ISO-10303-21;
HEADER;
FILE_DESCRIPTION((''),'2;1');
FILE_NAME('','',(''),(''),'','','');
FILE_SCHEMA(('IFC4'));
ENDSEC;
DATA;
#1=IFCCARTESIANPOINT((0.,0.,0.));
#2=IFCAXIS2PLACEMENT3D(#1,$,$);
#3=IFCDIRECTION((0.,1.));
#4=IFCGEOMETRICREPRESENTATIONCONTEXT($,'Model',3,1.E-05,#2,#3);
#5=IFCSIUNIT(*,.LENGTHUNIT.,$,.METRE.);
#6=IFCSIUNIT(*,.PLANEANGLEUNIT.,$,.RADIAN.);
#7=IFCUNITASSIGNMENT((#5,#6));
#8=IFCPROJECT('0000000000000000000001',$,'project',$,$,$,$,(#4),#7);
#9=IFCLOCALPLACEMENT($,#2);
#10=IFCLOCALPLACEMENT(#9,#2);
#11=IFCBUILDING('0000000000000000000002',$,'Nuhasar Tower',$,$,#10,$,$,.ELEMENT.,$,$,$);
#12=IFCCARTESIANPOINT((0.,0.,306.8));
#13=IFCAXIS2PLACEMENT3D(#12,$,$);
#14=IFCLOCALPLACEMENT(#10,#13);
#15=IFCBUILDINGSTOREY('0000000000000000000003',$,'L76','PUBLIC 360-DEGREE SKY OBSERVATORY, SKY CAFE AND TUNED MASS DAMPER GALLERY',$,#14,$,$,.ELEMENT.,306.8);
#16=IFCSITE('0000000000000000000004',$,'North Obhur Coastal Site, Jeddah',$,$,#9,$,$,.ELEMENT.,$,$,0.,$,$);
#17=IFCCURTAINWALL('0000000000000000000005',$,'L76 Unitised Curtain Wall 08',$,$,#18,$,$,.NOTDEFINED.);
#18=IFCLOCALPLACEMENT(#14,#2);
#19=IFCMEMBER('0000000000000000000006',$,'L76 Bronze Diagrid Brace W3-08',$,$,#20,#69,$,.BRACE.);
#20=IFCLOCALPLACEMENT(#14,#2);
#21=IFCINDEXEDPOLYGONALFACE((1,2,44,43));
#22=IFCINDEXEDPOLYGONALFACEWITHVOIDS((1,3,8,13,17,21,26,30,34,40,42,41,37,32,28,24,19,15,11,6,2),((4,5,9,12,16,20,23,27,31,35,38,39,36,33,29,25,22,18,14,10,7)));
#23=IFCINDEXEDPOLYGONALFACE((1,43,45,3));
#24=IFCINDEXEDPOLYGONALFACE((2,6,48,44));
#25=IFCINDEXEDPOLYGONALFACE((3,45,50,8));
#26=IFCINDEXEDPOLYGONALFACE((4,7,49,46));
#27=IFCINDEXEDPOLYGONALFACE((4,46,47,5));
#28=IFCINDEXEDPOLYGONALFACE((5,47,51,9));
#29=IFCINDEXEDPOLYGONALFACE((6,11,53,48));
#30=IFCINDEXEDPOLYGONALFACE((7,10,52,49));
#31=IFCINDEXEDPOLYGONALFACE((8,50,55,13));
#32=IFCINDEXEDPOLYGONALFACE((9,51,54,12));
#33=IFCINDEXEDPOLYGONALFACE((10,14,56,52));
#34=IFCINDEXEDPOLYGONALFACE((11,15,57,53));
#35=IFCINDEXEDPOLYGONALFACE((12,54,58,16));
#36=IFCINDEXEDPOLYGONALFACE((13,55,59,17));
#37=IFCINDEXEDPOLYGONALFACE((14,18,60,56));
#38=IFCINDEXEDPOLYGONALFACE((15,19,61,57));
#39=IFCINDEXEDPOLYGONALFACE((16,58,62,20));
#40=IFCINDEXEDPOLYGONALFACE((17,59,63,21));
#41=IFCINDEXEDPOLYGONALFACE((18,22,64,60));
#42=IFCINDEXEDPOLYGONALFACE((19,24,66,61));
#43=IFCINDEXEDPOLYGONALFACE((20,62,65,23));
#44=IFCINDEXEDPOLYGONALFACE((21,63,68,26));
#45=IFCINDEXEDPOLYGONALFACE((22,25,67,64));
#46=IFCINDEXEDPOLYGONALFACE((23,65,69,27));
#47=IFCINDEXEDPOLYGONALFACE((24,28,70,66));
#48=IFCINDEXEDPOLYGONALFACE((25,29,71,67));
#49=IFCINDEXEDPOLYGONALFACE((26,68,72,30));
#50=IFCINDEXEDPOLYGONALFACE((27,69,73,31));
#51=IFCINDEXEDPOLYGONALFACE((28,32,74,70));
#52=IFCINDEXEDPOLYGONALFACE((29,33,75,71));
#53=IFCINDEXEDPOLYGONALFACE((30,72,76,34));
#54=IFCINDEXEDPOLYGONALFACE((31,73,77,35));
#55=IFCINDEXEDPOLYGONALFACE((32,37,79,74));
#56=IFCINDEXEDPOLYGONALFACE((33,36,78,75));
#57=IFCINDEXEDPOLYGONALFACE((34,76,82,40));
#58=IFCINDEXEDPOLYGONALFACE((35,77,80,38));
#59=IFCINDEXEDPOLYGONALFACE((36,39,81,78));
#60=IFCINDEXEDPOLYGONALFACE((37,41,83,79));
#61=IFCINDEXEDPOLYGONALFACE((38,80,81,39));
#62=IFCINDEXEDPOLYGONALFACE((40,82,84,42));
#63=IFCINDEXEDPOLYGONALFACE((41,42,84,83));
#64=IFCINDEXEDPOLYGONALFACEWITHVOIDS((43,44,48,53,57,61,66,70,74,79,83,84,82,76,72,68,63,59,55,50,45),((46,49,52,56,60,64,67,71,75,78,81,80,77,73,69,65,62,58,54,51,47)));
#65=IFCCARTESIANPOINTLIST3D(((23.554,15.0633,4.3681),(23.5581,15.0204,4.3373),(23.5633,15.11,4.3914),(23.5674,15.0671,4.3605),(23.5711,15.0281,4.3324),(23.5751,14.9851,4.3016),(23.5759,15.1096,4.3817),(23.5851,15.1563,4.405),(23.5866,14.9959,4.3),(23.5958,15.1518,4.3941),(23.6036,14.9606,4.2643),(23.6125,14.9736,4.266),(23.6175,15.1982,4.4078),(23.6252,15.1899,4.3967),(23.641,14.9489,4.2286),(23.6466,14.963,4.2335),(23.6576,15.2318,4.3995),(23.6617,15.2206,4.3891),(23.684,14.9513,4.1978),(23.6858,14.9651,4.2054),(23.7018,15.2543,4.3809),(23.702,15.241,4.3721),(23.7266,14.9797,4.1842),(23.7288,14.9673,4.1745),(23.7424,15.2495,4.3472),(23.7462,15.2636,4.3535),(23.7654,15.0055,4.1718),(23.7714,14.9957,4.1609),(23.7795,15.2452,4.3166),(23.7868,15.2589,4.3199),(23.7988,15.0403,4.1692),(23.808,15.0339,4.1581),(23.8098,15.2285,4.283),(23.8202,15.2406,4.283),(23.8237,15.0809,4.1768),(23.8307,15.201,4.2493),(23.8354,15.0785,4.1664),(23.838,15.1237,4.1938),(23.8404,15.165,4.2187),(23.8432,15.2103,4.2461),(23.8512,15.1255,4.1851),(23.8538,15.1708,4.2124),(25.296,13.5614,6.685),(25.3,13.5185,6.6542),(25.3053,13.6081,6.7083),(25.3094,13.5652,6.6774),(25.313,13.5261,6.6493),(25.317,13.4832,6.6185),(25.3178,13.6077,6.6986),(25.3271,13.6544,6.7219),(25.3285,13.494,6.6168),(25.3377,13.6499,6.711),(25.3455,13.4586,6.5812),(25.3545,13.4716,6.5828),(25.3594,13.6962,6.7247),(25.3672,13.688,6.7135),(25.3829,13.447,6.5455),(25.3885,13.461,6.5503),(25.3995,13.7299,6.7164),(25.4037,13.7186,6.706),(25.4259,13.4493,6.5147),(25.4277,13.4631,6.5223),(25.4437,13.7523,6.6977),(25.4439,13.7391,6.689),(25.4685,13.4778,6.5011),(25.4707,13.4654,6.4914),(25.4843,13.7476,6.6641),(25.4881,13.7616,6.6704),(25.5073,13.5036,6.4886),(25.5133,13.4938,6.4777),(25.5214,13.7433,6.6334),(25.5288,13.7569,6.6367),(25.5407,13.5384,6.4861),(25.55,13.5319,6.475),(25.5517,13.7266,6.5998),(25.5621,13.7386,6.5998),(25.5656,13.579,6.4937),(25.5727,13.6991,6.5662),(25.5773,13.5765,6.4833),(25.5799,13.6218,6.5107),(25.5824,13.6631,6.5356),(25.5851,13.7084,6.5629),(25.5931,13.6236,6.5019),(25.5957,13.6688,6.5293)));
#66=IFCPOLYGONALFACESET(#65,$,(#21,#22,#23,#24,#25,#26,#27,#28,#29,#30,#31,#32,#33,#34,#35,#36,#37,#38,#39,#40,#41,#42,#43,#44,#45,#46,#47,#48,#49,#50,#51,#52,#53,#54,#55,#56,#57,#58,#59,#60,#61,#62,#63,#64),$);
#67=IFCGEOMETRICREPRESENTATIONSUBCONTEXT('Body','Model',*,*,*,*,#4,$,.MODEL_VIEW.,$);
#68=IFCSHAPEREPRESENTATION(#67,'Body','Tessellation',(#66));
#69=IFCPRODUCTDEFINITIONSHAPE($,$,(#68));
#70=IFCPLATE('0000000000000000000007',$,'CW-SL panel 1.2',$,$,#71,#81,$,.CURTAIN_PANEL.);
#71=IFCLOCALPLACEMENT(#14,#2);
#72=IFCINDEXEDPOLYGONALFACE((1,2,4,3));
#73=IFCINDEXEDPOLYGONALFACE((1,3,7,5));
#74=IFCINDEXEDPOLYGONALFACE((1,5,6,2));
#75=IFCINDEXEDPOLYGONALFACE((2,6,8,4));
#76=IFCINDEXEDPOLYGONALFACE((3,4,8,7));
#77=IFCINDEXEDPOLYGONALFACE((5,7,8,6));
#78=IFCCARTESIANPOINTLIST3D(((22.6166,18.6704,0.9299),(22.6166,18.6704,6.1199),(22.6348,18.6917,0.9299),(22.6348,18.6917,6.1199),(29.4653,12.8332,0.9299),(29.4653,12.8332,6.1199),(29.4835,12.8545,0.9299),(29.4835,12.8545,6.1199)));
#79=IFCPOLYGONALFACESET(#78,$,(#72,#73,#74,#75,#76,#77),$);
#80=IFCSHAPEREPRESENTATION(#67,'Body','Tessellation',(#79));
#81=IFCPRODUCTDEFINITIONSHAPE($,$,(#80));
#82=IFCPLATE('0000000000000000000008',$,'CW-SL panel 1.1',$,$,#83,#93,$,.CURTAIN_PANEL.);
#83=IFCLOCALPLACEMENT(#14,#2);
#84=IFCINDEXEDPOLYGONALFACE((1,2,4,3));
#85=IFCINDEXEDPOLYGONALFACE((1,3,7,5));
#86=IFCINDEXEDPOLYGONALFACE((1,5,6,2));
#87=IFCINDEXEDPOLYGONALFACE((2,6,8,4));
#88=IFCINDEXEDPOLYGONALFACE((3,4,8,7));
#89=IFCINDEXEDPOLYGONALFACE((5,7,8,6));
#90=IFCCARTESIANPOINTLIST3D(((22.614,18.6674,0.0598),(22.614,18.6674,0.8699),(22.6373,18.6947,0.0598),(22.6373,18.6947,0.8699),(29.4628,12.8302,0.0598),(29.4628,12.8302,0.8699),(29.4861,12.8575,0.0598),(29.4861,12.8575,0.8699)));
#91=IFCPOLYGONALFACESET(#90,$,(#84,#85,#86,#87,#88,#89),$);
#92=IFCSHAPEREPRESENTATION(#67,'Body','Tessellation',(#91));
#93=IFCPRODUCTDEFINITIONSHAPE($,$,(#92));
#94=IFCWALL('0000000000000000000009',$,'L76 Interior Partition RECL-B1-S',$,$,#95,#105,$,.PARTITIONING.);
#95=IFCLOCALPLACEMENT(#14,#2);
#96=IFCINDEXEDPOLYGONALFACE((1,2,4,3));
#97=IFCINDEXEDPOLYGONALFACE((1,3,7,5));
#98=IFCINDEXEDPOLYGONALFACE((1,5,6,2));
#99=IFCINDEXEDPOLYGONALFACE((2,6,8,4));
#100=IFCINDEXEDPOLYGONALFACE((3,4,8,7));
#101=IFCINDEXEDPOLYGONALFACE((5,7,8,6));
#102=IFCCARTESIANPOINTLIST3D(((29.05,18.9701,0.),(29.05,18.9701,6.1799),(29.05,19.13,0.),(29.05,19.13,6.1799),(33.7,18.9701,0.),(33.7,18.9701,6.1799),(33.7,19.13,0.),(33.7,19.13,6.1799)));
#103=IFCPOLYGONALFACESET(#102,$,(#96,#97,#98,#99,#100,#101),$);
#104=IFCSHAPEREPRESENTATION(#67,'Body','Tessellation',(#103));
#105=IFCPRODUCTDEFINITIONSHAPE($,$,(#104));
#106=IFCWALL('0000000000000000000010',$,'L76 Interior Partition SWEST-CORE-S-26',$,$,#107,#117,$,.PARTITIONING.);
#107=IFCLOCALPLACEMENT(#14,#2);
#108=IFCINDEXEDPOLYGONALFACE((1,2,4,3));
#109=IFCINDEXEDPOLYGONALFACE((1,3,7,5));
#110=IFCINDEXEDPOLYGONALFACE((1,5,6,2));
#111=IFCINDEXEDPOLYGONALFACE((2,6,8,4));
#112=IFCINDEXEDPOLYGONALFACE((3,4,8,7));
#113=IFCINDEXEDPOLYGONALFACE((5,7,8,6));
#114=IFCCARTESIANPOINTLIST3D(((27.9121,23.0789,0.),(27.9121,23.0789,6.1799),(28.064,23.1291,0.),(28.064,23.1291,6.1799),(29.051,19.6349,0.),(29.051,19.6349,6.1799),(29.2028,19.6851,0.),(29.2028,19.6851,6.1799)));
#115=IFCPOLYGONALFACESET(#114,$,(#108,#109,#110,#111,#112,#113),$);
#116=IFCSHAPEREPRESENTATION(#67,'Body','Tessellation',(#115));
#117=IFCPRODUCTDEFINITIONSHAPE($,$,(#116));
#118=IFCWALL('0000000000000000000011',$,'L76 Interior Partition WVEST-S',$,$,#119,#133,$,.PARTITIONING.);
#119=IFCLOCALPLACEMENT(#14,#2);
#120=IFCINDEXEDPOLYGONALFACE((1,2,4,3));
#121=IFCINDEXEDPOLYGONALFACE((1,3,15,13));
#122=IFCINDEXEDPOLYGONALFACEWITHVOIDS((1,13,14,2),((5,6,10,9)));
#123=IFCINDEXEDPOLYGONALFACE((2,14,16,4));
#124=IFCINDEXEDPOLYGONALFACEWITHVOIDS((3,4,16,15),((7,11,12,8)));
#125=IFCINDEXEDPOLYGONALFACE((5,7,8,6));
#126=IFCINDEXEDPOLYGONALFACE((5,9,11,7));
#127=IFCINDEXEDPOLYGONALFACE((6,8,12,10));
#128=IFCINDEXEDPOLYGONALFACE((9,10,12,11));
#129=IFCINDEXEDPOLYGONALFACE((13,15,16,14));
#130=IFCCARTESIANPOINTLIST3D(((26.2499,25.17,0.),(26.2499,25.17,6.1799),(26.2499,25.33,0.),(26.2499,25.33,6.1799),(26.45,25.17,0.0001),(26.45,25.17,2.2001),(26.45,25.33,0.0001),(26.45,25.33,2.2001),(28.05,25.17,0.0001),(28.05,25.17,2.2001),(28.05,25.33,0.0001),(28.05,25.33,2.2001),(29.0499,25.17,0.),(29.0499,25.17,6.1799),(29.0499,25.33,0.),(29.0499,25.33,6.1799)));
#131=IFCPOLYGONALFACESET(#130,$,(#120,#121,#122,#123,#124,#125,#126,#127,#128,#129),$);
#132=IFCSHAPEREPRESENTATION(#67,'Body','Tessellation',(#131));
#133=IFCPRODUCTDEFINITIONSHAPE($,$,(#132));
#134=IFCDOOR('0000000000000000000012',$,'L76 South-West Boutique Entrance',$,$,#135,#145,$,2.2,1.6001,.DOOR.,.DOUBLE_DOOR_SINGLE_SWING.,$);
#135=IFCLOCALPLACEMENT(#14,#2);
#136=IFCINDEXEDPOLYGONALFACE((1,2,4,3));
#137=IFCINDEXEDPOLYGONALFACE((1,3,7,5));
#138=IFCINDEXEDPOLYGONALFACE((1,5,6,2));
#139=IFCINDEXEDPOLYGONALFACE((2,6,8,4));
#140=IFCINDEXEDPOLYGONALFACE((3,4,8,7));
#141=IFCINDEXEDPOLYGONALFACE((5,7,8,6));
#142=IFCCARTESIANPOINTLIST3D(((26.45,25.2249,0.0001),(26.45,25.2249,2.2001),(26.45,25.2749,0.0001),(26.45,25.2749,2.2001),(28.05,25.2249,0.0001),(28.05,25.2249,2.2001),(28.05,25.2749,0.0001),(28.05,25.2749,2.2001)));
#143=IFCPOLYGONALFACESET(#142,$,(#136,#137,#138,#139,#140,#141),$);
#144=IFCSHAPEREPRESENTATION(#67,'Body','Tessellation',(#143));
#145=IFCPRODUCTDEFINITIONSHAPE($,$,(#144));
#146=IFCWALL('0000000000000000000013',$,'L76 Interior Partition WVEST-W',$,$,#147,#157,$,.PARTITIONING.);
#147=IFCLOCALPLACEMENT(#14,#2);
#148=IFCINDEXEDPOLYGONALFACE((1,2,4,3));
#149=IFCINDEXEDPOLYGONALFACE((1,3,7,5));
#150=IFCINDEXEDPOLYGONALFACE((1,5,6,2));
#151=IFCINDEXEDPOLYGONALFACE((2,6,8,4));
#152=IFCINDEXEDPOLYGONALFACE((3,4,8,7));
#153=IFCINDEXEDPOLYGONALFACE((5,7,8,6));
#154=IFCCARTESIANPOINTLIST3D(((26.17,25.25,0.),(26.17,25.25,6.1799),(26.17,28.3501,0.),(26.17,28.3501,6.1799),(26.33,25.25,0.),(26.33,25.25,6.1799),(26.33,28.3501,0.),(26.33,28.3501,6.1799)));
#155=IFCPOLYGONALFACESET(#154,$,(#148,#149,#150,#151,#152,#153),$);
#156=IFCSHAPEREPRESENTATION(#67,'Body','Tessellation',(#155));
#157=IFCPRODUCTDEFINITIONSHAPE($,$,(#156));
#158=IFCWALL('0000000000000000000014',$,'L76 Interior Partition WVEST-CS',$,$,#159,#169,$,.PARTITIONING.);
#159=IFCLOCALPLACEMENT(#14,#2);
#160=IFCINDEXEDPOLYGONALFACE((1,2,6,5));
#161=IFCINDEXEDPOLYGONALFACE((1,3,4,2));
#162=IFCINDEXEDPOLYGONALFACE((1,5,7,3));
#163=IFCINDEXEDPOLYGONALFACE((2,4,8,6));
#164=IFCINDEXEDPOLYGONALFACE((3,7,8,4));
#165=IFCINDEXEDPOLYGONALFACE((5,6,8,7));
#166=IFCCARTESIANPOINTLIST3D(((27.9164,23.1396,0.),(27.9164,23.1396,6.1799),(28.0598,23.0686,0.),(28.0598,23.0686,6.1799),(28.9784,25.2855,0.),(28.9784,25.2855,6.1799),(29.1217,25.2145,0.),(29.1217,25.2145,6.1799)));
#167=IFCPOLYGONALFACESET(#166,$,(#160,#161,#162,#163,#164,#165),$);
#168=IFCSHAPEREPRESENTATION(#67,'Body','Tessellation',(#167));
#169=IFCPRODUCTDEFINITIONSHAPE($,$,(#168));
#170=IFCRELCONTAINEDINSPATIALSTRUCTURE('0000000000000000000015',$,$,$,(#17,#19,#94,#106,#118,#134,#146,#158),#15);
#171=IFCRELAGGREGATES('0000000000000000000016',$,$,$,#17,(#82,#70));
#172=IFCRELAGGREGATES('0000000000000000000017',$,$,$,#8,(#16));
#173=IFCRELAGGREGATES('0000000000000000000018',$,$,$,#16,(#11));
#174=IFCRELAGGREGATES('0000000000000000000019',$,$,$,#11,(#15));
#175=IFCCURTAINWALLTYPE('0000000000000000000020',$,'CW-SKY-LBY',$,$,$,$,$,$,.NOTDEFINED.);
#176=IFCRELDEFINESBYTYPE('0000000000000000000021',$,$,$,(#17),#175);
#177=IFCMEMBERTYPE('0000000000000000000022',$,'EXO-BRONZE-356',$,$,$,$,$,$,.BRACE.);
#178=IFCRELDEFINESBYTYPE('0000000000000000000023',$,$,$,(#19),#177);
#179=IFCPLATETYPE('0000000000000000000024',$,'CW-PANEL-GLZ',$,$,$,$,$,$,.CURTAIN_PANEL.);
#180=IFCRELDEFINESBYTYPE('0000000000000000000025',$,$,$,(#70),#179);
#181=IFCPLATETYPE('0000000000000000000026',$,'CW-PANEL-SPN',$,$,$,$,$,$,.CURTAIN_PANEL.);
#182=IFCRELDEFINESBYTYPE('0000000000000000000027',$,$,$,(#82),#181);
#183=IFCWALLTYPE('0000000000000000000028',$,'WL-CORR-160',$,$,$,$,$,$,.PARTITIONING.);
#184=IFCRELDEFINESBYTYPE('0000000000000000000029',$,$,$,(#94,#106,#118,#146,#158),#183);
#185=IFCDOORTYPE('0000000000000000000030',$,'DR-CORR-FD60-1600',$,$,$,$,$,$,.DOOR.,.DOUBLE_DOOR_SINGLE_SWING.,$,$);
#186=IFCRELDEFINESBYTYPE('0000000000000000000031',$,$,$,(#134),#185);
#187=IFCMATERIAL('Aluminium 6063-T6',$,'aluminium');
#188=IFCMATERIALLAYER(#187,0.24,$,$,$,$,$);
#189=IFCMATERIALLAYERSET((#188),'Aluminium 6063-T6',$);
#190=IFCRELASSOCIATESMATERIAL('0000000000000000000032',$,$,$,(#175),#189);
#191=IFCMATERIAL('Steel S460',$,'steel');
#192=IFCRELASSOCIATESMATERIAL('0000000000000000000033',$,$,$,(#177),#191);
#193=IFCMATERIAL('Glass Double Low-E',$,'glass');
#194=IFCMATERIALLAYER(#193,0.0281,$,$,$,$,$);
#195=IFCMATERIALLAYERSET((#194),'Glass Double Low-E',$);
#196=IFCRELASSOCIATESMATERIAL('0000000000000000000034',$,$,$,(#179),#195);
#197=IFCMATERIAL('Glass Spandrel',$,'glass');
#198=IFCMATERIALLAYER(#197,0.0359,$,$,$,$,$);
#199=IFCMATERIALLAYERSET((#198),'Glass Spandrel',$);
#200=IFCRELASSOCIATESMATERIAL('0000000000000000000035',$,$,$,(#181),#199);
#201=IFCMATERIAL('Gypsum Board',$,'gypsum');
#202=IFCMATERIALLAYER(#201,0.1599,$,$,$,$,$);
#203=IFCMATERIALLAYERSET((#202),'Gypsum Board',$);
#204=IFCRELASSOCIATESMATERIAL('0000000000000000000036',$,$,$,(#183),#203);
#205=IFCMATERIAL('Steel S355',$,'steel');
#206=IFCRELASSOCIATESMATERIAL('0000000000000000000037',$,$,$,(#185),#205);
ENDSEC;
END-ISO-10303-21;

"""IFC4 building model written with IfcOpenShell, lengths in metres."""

from ifc_helpers import new_model, si_unit, direction, frame, frame_2d, origin, origin_2d, place, context, subcontext, project, spatial, rectangle, hollow_circle, extrude, material, layer, layer_set, material_profile, profile_set, type_object, element, fill, aggregate, save


model = new_model("IFC4")

# Units and contexts
model_context = context("Model", 3, precision=1e-05, world=origin(), true_north=direction((0.0, 1.0)))
body_context = subcontext(model_context, "Body", "Model", "MODEL_VIEW")
ifc_project = project(units=[si_unit("LENGTHUNIT", "METRE"), si_unit("PLANEANGLEUNIT", "RADIAN")], contexts=[model_context])

# Site, building, storey
site_placement = place(None, origin())
site = spatial("IfcSite", under=ifc_project, at=site_placement, Name="North Obhur Coastal Site, Jeddah", CompositionType="ELEMENT", RefElevation=0.0)
building_placement = place(site_placement, origin())
building = spatial("IfcBuilding", under=site, at=building_placement, Name="Nuhasar Tower", CompositionType="ELEMENT")
storey_placement = place(building_placement, frame((0.0, 0.0, 306.8)))
storey = spatial("IfcBuildingStorey", under=building, at=storey_placement, Name="L76", Description="PUBLIC 360-DEGREE SKY OBSERVATORY, SKY CAFE AND TUNED MASS DAMPER GALLERY", CompositionType="ELEMENT", Elevation=306.8)

# Shared definitions
ifc_material_1 = material(Name="Steel S460", Category="steel")

# Curtain wall
ifc_material_2 = material(Name="Aluminium 6063-T6", Category="aluminium")
ifc_layer_1 = layer(ifc_material_2, 0.24)
ifc_layer_set_1 = layer_set([ifc_layer_1], Name="Aluminium 6063-T6")
curtain_wall_type = type_object("IfcCurtainWallType", Name="CW-SKY-LBY", PredefinedType="NOTDEFINED", material=ifc_layer_set_1)
curtain_wall_placement = place(storey_placement, origin())
curtain_wall = element("IfcCurtainWall", 1, at=curtain_wall_placement, inside=storey, type_object=curtain_wall_type, Name="L76 Unitised Curtain Wall 08", PredefinedType="NOTDEFINED")

# Member
ifc_material_profile_1 = material_profile(ifc_material_1, hollow_circle(Radius=0.1777, WallThickness=0.0159, at=origin_2d()), Name="HSS355.6X15.9")
ifc_profile_set_1 = profile_set([ifc_material_profile_1], Name="Steel S460")
member_type_1 = type_object("IfcMemberType", Name="EXO-BRONZE-356", PredefinedType="BRACE", material=ifc_profile_set_1)
member_1_placement = place(storey_placement, frame((23.7041, 15.106, 4.283), z_axis=(0.53357, -0.460059, 0.709682), x_axis=(0.653009, 0.75735, 0.0)))
element("IfcMember", 2, at=member_1_placement, inside=storey, type_object=member_type_1, Name="L76 Bronze Diagrid Brace W3-08", PredefinedType="BRACE", context=body_context, shape_type="SweptSolid", body=[
    extrude(hollow_circle(Radius=0.1777, WallThickness=0.0159, at=origin_2d()), origin(), (0.0, 0.0, 1.0), 3.2646),
])

# Plates
ifc_material_3 = material(Name="Glass Double Low-E", Category="glass")
ifc_layer_2 = layer(ifc_material_3, 0.0281)
ifc_layer_set_2 = layer_set([ifc_layer_2], Name="Glass Double Low-E")
plate_type_1 = type_object("IfcPlateType", Name="CW-PANEL-GLZ", PredefinedType="CURTAIN_PANEL", material=ifc_layer_set_2)
plate_1_placement = place(storey_placement, frame((26.05, 15.7625, 0.9299), z_axis=(0.0, 0.0, 1.0), x_axis=(0.761073, -0.648666, 0.0)))
plate_1 = element("IfcPlate", 3, at=plate_1_placement, type_object=plate_type_1, Name="CW-SL panel 1.2", PredefinedType="CURTAIN_PANEL", context=body_context, shape_type="SweptSolid", body=[
    extrude(rectangle(XDim=8.9988, YDim=0.0281, at=origin_2d()), origin(), (0.0, 0.0, 1.0), 5.1899),
])
ifc_material_4 = material(Name="Glass Spandrel", Category="glass")
ifc_layer_3 = layer(ifc_material_4, 0.0359)
ifc_layer_set_3 = layer_set([ifc_layer_3], Name="Glass Spandrel")
plate_type_2 = type_object("IfcPlateType", Name="CW-PANEL-SPN", PredefinedType="CURTAIN_PANEL", material=ifc_layer_set_3)
plate_2_placement = place(storey_placement, frame((26.05, 15.7625, 0.0598), z_axis=(0.0, 0.0, 1.0), x_axis=(0.761073, -0.648666, 0.0)))
plate_2 = element("IfcPlate", 4, at=plate_2_placement, type_object=plate_type_2, Name="CW-SL panel 1.1", PredefinedType="CURTAIN_PANEL", context=body_context, shape_type="SweptSolid", body=[
    extrude(rectangle(XDim=8.9988, YDim=0.0359, at=origin_2d()), origin(), (0.0, 0.0, 1.0), 0.8101),
])
aggregate(curtain_wall, [plate_2, plate_1])

# Walls
ifc_material_5 = material(Name="Gypsum Board", Category="gypsum")
ifc_layer_4 = layer(ifc_material_5, 0.1599)
ifc_layer_set_4 = layer_set([ifc_layer_4], Name="Gypsum Board")
wall_type = type_object("IfcWallType", Name="WL-CORR-160", PredefinedType="PARTITIONING", material=ifc_layer_set_4)
wall_1_placement = place(storey_placement, frame((29.05, 19.05, 0.0), z_axis=(0.0, 0.0, 1.0), x_axis=(1.0, 0.0, 0.0)))
element("IfcWall", 5, at=wall_1_placement, inside=storey, type_object=wall_type, Name="L76 Interior Partition RECL-B1-S", PredefinedType="PARTITIONING", context=body_context, shape_type="SweptSolid", body=[
    extrude(rectangle(XDim=4.6499, YDim=0.1599, at=frame_2d((2.325, 0.0))), origin(), (0.0, 0.0, 1.0), 6.1799),
])
wall_2_placement = place(storey_placement, frame((27.988, 23.104, 0.0), z_axis=(0.0, 0.0, 1.0), x_axis=(0.313966, -0.949434, 0.0)))
element("IfcWall", 6, at=wall_2_placement, inside=storey, type_object=wall_type, Name="L76 Interior Partition SWEST-CORE-S-26", PredefinedType="PARTITIONING", context=body_context, shape_type="SweptSolid", body=[
    extrude(rectangle(XDim=3.6274, YDim=0.1599, at=frame_2d((1.8137, 0.0))), origin(), (0.0, 0.0, 1.0), 6.1799),
])

# Wall, opening, door
wall_3_placement = place(storey_placement, frame((26.25, 25.25, 0.0), z_axis=(0.0, 0.0, 1.0), x_axis=(1.0, 0.0, 0.0)))
wall_3 = element("IfcWall", 7, at=wall_3_placement, inside=storey, type_object=wall_type, Name="L76 Interior Partition WVEST-S", PredefinedType="PARTITIONING", context=body_context, shape_type="SweptSolid", body=[
    extrude(rectangle(XDim=2.8, YDim=0.1599, at=frame_2d((1.3999, 0.0))), origin(), (0.0, 0.0, 1.0), 6.1799),
])
opening_placement = place(wall_3_placement, frame((0.2, 0.0, 0.0)))
opening = element("IfcOpeningElement", 8, at=opening_placement, cuts=wall_3, PredefinedType="OPENING", context=body_context, shape_type="SweptSolid", body=[
    extrude(rectangle(XDim=1.6001, YDim=2.2, at=frame_2d((0.8, 1.1001))), frame((0.0, 0.0898, 0.0), z_axis=(0.0, -1.0, 0.0), x_axis=(1.0, 0.0, 0.0)), (0.0, 0.0, 1.0), 0.1799),
])
ifc_material_6 = material(Name="Steel S355", Category="steel")
door_type = type_object("IfcDoorType", Name="DR-CORR-FD60-1600", OperationType="DOUBLE_DOOR_SINGLE_SWING", PredefinedType="DOOR", material=ifc_material_6)
door_placement = place(opening_placement, origin())
door = element("IfcDoor", 9, at=door_placement, inside=storey, type_object=door_type, Name="L76 South-West Boutique Entrance", OperationType="DOUBLE_DOOR_SINGLE_SWING", OverallHeight=2.2, OverallWidth=1.6001, PredefinedType="DOOR", context=body_context, shape_type="SweptSolid", body=[
    extrude(rectangle(XDim=1.6001, YDim=2.2, at=frame_2d((0.8, 1.1001))), frame((0.0, 0.0249, 0.0), z_axis=(0.0, -1.0, 0.0), x_axis=(1.0, 0.0, 0.0)), (0.0, 0.0, 1.0), 0.05),
])
fill(opening, door)

# Walls
wall_4_placement = place(storey_placement, frame((26.25, 25.25, 0.0), z_axis=(0.0, 0.0, 1.0), x_axis=(0.0, 1.0, 0.0)))
element("IfcWall", 10, at=wall_4_placement, inside=storey, type_object=wall_type, Name="L76 Interior Partition WVEST-W", PredefinedType="PARTITIONING", context=body_context, shape_type="SweptSolid", body=[
    extrude(rectangle(XDim=3.1001, YDim=0.1599, at=frame_2d((1.55, 0.0))), origin(), (0.0, 0.0, 1.0), 6.1799),
])
wall_5_placement = place(storey_placement, frame((27.988, 23.104, 0.0), z_axis=(0.0, 0.0, 1.0), x_axis=(0.443539, 0.896255, 0.0)))
element("IfcWall", 11, at=wall_5_placement, inside=storey, type_object=wall_type, Name="L76 Interior Partition WVEST-CS", PredefinedType="PARTITIONING", context=body_context, shape_type="SweptSolid", body=[
    extrude(rectangle(XDim=2.3943, YDim=0.1599, at=frame_2d((1.1973, 0.0))), origin(), (0.0, 0.0, 1.0), 6.1799),
])

save(model, "model.ifc")
